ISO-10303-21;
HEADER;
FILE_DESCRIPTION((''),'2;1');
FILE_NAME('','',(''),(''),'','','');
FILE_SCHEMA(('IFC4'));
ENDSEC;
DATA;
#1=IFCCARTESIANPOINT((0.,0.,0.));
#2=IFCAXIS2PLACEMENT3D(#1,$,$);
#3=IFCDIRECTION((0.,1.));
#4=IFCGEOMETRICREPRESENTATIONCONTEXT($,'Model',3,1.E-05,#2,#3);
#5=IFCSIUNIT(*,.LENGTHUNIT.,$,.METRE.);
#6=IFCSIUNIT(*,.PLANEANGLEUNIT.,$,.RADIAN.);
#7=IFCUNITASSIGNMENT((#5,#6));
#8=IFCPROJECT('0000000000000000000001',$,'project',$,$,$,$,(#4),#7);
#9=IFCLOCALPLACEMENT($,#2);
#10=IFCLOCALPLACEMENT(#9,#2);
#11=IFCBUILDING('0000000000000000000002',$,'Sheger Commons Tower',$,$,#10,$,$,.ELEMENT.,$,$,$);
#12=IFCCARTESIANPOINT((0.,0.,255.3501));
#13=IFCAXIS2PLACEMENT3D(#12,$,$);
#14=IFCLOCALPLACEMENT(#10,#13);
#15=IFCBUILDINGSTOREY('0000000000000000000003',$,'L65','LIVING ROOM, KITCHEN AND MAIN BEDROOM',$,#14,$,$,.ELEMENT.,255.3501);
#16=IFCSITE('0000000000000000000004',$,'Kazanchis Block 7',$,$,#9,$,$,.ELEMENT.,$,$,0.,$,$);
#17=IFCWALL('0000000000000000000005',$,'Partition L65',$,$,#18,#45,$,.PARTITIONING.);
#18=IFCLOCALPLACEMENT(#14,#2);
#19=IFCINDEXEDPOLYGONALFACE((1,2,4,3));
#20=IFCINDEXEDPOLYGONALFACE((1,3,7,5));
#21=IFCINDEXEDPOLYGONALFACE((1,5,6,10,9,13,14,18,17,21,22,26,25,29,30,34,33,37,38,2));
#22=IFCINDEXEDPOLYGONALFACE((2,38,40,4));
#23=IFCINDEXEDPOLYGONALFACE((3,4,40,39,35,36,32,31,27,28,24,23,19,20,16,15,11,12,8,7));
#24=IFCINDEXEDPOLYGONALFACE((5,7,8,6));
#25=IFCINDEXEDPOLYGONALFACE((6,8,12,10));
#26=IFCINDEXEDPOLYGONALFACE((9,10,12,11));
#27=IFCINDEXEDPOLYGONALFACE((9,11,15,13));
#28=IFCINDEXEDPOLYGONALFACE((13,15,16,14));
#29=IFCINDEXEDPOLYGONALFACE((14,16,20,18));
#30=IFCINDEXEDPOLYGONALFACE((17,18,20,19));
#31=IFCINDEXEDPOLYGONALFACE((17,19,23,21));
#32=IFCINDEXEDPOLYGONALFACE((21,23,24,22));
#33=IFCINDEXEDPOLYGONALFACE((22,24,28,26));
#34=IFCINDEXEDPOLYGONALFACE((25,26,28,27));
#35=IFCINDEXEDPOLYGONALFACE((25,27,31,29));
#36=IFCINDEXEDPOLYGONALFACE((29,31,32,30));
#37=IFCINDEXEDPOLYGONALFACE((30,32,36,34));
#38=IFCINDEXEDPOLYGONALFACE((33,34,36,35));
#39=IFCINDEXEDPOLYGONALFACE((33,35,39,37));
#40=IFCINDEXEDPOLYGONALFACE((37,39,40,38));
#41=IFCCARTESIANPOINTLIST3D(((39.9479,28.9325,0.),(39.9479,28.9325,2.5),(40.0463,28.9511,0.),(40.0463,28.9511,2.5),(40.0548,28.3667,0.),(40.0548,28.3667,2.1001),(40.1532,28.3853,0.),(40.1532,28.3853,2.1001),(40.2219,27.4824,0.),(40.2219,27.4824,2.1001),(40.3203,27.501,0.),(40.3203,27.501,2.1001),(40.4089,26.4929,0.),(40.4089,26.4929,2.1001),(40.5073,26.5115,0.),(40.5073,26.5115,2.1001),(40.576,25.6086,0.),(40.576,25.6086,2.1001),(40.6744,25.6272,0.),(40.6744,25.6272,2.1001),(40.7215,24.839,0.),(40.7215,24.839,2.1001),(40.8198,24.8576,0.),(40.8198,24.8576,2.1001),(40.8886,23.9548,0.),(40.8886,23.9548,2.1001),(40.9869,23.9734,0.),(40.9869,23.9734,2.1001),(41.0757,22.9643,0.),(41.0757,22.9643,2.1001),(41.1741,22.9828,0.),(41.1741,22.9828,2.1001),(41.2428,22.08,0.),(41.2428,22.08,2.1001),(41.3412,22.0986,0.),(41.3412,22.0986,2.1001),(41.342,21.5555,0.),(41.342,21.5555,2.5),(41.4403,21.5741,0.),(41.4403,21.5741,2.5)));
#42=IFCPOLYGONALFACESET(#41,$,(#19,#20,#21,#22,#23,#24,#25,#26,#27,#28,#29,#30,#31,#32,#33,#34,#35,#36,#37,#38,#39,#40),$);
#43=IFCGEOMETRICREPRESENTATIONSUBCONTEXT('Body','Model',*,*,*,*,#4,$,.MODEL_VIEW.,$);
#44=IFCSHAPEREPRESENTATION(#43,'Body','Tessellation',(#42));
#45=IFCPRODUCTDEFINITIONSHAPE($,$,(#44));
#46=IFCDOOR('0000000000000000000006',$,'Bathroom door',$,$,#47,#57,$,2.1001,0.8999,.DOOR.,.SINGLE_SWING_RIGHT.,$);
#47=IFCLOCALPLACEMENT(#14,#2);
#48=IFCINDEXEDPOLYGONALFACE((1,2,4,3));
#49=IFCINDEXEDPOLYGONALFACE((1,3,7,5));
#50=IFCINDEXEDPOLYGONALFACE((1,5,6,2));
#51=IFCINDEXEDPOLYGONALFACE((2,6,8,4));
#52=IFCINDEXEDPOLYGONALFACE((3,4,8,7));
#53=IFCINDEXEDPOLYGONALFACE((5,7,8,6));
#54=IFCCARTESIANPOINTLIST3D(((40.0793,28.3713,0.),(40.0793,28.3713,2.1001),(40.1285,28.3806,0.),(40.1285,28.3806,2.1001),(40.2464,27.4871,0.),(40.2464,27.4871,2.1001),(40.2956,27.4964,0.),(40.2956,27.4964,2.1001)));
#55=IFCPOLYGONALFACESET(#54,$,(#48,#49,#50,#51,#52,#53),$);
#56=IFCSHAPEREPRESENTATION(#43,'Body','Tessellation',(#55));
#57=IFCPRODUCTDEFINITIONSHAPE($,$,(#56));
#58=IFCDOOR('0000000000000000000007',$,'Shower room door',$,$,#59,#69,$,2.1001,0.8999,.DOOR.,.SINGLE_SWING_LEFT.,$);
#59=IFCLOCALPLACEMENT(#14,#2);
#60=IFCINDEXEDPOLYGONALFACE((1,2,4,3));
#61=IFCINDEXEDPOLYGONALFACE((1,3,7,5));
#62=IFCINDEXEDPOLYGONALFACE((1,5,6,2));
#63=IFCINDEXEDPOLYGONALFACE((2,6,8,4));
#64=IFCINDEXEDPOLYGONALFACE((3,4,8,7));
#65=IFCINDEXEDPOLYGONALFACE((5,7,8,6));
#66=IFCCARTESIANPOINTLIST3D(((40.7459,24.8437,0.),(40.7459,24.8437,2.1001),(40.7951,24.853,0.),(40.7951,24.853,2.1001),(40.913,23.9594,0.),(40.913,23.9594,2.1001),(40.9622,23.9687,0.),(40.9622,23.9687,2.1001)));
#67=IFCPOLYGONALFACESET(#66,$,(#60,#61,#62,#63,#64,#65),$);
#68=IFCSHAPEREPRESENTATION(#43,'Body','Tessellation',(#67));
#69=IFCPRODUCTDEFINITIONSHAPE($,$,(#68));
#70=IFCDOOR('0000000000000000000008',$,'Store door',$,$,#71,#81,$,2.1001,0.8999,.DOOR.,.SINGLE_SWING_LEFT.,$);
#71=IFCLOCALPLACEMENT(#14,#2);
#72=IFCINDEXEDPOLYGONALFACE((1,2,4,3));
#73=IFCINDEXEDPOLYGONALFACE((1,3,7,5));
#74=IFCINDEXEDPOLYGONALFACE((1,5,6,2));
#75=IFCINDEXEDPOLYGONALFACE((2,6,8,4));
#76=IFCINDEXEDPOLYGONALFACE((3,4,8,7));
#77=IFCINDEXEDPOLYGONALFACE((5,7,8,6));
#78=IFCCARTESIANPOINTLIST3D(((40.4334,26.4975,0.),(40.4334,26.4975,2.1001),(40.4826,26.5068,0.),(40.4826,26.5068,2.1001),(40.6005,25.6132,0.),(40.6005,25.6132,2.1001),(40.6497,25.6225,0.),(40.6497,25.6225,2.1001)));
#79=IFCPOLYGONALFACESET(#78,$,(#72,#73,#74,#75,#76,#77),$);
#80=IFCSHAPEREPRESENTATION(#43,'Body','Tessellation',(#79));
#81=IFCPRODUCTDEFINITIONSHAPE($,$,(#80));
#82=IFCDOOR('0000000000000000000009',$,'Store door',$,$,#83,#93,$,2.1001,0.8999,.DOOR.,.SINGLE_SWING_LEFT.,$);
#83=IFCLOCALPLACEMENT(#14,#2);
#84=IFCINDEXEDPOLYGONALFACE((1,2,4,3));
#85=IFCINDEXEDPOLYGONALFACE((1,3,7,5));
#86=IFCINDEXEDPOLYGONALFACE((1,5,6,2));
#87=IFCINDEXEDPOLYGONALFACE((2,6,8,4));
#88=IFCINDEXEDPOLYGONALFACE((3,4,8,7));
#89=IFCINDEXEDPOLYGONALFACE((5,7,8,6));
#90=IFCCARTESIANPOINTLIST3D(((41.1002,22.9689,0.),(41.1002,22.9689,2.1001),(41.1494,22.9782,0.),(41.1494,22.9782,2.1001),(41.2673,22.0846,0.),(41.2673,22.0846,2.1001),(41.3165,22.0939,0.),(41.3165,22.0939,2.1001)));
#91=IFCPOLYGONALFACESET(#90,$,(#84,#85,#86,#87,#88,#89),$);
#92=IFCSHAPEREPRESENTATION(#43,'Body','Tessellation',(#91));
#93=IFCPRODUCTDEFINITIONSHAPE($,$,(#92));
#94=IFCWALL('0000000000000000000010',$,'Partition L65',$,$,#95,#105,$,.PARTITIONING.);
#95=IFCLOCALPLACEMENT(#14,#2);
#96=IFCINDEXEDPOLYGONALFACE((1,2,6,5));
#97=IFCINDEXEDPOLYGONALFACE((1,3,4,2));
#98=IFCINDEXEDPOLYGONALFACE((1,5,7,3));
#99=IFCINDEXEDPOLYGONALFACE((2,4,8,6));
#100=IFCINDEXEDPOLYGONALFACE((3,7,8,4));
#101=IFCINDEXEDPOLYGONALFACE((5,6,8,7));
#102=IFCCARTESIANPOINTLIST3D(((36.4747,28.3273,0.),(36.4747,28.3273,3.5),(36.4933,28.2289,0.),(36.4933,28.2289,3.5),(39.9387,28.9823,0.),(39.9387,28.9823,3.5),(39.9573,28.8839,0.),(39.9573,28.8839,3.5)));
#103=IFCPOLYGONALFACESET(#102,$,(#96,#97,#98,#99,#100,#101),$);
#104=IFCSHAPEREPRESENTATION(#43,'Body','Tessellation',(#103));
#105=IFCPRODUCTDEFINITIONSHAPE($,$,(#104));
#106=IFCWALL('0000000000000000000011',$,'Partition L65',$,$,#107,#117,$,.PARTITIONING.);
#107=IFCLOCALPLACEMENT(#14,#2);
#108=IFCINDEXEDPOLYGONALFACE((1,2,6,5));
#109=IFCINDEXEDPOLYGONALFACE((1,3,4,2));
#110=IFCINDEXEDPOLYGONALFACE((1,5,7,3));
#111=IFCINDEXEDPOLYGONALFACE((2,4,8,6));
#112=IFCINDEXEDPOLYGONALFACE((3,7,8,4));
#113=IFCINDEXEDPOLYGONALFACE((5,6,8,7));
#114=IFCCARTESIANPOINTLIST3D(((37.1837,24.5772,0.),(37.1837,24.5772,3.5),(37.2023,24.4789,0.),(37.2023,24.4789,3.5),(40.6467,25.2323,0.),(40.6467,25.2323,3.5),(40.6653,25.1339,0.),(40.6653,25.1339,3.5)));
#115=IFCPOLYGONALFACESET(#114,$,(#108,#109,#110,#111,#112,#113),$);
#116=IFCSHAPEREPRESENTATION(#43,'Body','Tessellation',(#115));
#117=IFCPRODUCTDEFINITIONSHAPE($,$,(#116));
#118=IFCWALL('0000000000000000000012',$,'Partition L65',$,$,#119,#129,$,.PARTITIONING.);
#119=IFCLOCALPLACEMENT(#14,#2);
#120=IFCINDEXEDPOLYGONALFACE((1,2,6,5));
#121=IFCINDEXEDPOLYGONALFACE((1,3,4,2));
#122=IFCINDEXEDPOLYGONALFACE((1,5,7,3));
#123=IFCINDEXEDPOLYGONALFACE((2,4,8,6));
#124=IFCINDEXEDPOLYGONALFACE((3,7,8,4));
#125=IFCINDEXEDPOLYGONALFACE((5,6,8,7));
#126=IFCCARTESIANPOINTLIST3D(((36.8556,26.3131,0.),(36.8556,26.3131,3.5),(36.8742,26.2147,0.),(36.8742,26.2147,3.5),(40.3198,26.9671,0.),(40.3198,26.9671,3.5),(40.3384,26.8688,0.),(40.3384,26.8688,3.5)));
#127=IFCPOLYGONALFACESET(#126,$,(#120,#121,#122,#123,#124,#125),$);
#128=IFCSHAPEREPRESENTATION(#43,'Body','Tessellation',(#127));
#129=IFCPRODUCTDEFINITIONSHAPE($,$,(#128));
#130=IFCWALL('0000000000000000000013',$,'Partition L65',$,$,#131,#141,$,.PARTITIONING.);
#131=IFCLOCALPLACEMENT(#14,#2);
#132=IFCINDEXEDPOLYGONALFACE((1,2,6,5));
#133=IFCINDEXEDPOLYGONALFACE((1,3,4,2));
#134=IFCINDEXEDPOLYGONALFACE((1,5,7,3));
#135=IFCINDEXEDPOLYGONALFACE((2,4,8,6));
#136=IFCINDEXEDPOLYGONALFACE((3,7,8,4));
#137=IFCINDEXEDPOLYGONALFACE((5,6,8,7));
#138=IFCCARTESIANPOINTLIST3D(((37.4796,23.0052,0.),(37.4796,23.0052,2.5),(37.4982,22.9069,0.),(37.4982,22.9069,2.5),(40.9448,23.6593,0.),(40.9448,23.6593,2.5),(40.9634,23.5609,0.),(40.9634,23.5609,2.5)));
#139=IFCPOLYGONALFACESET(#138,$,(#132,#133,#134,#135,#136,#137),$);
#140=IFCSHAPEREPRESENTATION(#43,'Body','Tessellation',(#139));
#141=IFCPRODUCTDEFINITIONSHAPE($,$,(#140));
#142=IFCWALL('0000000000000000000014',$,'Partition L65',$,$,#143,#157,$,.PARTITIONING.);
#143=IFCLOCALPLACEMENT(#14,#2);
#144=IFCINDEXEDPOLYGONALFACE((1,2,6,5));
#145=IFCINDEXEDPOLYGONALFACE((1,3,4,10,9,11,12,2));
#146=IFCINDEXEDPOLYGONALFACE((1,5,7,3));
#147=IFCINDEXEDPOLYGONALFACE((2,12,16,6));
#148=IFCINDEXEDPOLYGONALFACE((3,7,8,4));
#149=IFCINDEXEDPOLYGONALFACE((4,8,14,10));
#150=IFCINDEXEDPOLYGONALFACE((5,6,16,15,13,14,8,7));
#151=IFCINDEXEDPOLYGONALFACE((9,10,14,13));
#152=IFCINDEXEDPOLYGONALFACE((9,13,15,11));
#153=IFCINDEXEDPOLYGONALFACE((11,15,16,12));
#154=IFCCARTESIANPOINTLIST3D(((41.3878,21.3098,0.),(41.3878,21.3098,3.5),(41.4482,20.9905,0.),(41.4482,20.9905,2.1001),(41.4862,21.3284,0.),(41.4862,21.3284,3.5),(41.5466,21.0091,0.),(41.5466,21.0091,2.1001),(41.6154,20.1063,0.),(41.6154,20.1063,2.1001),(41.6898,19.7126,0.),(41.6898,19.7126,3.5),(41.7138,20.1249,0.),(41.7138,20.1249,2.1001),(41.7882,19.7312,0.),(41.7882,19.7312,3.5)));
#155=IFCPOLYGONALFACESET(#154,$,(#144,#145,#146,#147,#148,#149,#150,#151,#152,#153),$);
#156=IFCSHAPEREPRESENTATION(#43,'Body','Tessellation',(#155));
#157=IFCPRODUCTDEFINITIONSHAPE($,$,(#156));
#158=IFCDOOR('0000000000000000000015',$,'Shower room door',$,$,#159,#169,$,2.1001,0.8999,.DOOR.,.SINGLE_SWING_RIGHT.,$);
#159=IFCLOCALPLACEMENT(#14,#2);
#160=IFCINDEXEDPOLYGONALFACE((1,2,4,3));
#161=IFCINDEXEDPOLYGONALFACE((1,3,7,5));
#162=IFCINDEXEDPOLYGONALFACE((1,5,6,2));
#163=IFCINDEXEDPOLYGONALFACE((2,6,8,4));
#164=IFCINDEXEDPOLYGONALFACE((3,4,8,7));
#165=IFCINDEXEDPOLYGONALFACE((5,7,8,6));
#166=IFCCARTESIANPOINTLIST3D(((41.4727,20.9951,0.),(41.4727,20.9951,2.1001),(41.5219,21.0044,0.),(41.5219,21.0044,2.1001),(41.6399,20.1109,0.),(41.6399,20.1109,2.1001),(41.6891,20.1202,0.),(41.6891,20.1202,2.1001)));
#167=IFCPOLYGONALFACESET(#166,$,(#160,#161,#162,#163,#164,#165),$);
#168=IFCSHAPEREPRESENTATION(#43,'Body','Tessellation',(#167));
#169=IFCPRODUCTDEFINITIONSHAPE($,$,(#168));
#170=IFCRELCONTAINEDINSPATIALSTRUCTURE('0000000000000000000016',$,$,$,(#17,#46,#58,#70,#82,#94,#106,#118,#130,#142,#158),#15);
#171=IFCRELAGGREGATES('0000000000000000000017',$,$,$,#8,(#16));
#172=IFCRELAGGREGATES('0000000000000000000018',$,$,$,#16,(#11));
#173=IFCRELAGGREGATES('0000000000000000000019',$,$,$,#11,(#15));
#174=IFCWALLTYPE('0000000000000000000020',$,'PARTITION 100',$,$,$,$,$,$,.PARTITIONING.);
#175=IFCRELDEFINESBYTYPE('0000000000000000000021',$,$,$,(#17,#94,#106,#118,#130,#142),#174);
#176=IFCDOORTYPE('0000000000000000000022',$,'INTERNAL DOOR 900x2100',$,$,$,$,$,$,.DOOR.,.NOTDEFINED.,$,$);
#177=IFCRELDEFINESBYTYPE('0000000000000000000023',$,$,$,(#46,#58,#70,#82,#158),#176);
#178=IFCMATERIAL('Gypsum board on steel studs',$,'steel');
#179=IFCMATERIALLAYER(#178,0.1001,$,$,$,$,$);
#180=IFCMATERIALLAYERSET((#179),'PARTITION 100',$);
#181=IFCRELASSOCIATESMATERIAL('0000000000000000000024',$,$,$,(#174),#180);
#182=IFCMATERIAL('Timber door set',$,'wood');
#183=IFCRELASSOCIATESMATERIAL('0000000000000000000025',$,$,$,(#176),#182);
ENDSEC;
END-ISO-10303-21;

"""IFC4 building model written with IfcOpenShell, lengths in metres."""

from ifc_helpers import new_model, si_unit, direction, frame, frame_2d, origin, place, context, subcontext, project, spatial, rectangle, extrude, material, layer, layer_set, type_object, element, fill, save


model = new_model("IFC4")

# Units and contexts
model_context = context("Model", 3, precision=1e-05, world=origin(), true_north=direction((0.0, 1.0)))
body_context = subcontext(model_context, "Body", "Model", "MODEL_VIEW")
ifc_project = project(units=[si_unit("LENGTHUNIT", "METRE"), si_unit("PLANEANGLEUNIT", "RADIAN")], contexts=[model_context])

# Site, building, storey
site_placement = place(None, origin())
site = spatial("IfcSite", under=ifc_project, at=site_placement, Name="Kazanchis Block 7", CompositionType="ELEMENT", RefElevation=0.0)
building_placement = place(site_placement, origin())
building = spatial("IfcBuilding", under=site, at=building_placement, Name="Sheger Commons Tower", CompositionType="ELEMENT")
storey_placement = place(building_placement, frame((0.0, 0.0, 255.3501)))
storey = spatial("IfcBuildingStorey", under=building, at=storey_placement, Name="L65", Description="LIVING ROOM, KITCHEN AND MAIN BEDROOM", CompositionType="ELEMENT", Elevation=255.3501)

# Wall, openings, doors
ifc_material_1 = material(Name="Gypsum board on steel studs", Category="steel")
ifc_layer_1 = layer(ifc_material_1, 0.1001)
ifc_layer_set_1 = layer_set([ifc_layer_1], Name="PARTITION 100")
wall_type_1 = type_object("IfcWallType", Name="PARTITION 100", PredefinedType="PARTITIONING", material=ifc_layer_set_1)
ifc_material_2 = material(Name="Timber door set", Category="wood")
door_type_1 = type_object("IfcDoorType", Name="INTERNAL DOOR 900x2100", OperationType="NOTDEFINED", PredefinedType="DOOR", material=ifc_material_2)
wall_1_placement = place(storey_placement, frame((39.9971, 28.9419, 0.0), z_axis=(0.0, 0.0, 1.0), x_axis=(0.185686, -0.982609, 0.0)))
wall_1 = element("IfcWall", 1, at=wall_1_placement, inside=storey, type_object=wall_type_1, Name="Partition L65", PredefinedType="PARTITIONING", context=body_context, shape_type="SweptSolid", body=[
    extrude(rectangle(XDim=7.5076, YDim=0.1001, at=frame_2d((3.7539, 0.0))), origin(), (0.0, 0.0, 1.0), 2.5),
])
opening_1_placement = place(wall_1_placement, frame((0.5759, 0.0, 0.0)))
opening_1 = element("IfcOpeningElement", 2, at=opening_1_placement, cuts=wall_1, PredefinedType="OPENING", context=body_context, shape_type="SweptSolid", body=[
    extrude(rectangle(XDim=0.8999, YDim=2.1001, at=frame_2d((0.45, 1.05))), frame((0.0, 0.0601, 0.0), z_axis=(0.0, -1.0, 0.0), x_axis=(1.0, 0.0, 0.0)), (0.0, 0.0, 1.0), 0.1201),
])
opening_2_placement = place(wall_1_placement, frame((4.166, 0.0, 0.0)))
opening_2 = element("IfcOpeningElement", 3, at=opening_2_placement, cuts=wall_1, PredefinedType="OPENING", context=body_context, shape_type="SweptSolid", body=[
    extrude(rectangle(XDim=0.8999, YDim=2.1001, at=frame_2d((0.45, 1.05))), frame((0.0, 0.0601, 0.0), z_axis=(0.0, -1.0, 0.0), x_axis=(1.0, 0.0, 0.0)), (0.0, 0.0, 1.0), 0.1201),
])
opening_3_placement = place(wall_1_placement, frame((2.4829, 0.0, 0.0)))
opening_3 = element("IfcOpeningElement", 4, at=opening_3_placement, cuts=wall_1, PredefinedType="OPENING", context=body_context, shape_type="SweptSolid", body=[
    extrude(rectangle(XDim=0.8999, YDim=2.1001, at=frame_2d((0.45, 1.05))), frame((0.0, 0.0601, 0.0), z_axis=(0.0, -1.0, 0.0), x_axis=(1.0, 0.0, 0.0)), (0.0, 0.0, 1.0), 0.1201),
])
opening_4_placement = place(wall_1_placement, frame((6.074, 0.0, 0.0)))
opening_4 = element("IfcOpeningElement", 5, at=opening_4_placement, cuts=wall_1, PredefinedType="OPENING", context=body_context, shape_type="SweptSolid", body=[
    extrude(rectangle(XDim=0.8999, YDim=2.1001, at=frame_2d((0.45, 1.05))), frame((0.0, 0.0601, 0.0), z_axis=(0.0, -1.0, 0.0), x_axis=(1.0, 0.0, 0.0)), (0.0, 0.0, 1.0), 0.1201),
])
door_1_placement = place(opening_1_placement, origin())
door_1 = element("IfcDoor", 6, at=door_1_placement, inside=storey, type_object=door_type_1, Name="Bathroom door", OperationType="SINGLE_SWING_RIGHT", OverallHeight=2.1001, OverallWidth=0.8999, PredefinedType="DOOR", context=body_context, shape_type="SweptSolid", body=[
    extrude(rectangle(XDim=0.8999, YDim=2.1001, at=frame_2d((0.45, 1.05))), frame((0.0, 0.0249, 0.0), z_axis=(0.0, -1.0, 0.0), x_axis=(1.0, 0.0, 0.0)), (0.0, 0.0, 1.0), 0.05),
])
fill(opening_1, door_1)
door_2_placement = place(opening_2_placement, origin())
door_2 = element("IfcDoor", 7, at=door_2_placement, inside=storey, type_object=door_type_1, Name="Shower room door", OperationType="SINGLE_SWING_LEFT", OverallHeight=2.1001, OverallWidth=0.8999, PredefinedType="DOOR", context=body_context, shape_type="SweptSolid", body=[
    extrude(rectangle(XDim=0.8999, YDim=2.1001, at=frame_2d((0.45, 1.05))), frame((0.0, 0.0249, 0.0), z_axis=(0.0, -1.0, 0.0), x_axis=(1.0, 0.0, 0.0)), (0.0, 0.0, 1.0), 0.05),
])
fill(opening_2, door_2)
door_3_placement = place(opening_3_placement, origin())
door_3 = element("IfcDoor", 8, at=door_3_placement, inside=storey, type_object=door_type_1, Name="Store door", OperationType="SINGLE_SWING_LEFT", OverallHeight=2.1001, OverallWidth=0.8999, PredefinedType="DOOR", context=body_context, shape_type="SweptSolid", body=[
    extrude(rectangle(XDim=0.8999, YDim=2.1001, at=frame_2d((0.45, 1.05))), frame((0.0, 0.0249, 0.0), z_axis=(0.0, -1.0, 0.0), x_axis=(1.0, 0.0, 0.0)), (0.0, 0.0, 1.0), 0.05),
])
fill(opening_3, door_3)
door_4_placement = place(opening_4_placement, origin())
door_4 = element("IfcDoor", 9, at=door_4_placement, inside=storey, type_object=door_type_1, Name="Store door", OperationType="SINGLE_SWING_LEFT", OverallHeight=2.1001, OverallWidth=0.8999, PredefinedType="DOOR", context=body_context, shape_type="SweptSolid", body=[
    extrude(rectangle(XDim=0.8999, YDim=2.1001, at=frame_2d((0.45, 1.05))), frame((0.0, 0.0249, 0.0), z_axis=(0.0, -1.0, 0.0), x_axis=(1.0, 0.0, 0.0)), (0.0, 0.0, 1.0), 0.05),
])
fill(opening_4, door_4)

# Walls
wall_2_placement = place(storey_placement, frame((39.948, 28.9331, 0.0), z_axis=(0.0, 0.0, 1.0), x_axis=(-0.982588, -0.185798, 0.0)))
element("IfcWall", 10, at=wall_2_placement, inside=storey, type_object=wall_type_1, Name="Partition L65", PredefinedType="PARTITIONING", context=body_context, shape_type="SweptSolid", body=[
    extrude(rectangle(XDim=3.5254, YDim=0.1001, at=frame_2d((1.7627, 0.0))), origin(), (0.0, 0.0, 1.0), 3.5),
])
wall_3_placement = place(storey_placement, frame((40.656, 25.1831, 0.0), z_axis=(0.0, 0.0, 1.0), x_axis=(-0.982576, -0.185861, 0.0)))
element("IfcWall", 11, at=wall_3_placement, inside=storey, type_object=wall_type_1, Name="Partition L65", PredefinedType="PARTITIONING", context=body_context, shape_type="SweptSolid", body=[
    extrude(rectangle(XDim=3.5244, YDim=0.1001, at=frame_2d((1.7622, 0.0))), origin(), (0.0, 0.0, 1.0), 3.5),
])
wall_4_placement = place(storey_placement, frame((40.3291, 26.918, 0.0), z_axis=(0.0, 0.0, 1.0), x_axis=(-0.982639, -0.18553, 0.0)))
element("IfcWall", 12, at=wall_4_placement, inside=storey, type_object=wall_type_1, Name="Partition L65", PredefinedType="PARTITIONING", context=body_context, shape_type="SweptSolid", body=[
    extrude(rectangle(XDim=3.5254, YDim=0.1001, at=frame_2d((1.7627, 0.0))), origin(), (0.0, 0.0, 1.0), 3.5),
])
wall_5_placement = place(storey_placement, frame((40.9541, 23.6101, 0.0), z_axis=(0.0, 0.0, 1.0), x_axis=(-0.982648, -0.18548, 0.0)))
element("IfcWall", 13, at=wall_5_placement, inside=storey, type_object=wall_type_1, Name="Partition L65", PredefinedType="PARTITIONING", context=body_context, shape_type="SweptSolid", body=[
    extrude(rectangle(XDim=3.5264, YDim=0.1001, at=frame_2d((1.7632, 0.0))), origin(), (0.0, 0.0, 1.0), 2.5),
])

# Wall, opening, door
wall_6_placement = place(storey_placement, frame((41.437, 21.3191, 0.0), z_axis=(0.0, 0.0, 1.0), x_axis=(0.185794, -0.982589, 0.0)))
wall_6 = element("IfcWall", 14, at=wall_6_placement, inside=storey, type_object=wall_type_1, Name="Partition L65", PredefinedType="PARTITIONING", context=body_context, shape_type="SweptSolid", body=[
    extrude(rectangle(XDim=1.6255, YDim=0.1001, at=frame_2d((0.8127, 0.0))), origin(), (0.0, 0.0, 1.0), 3.5),
])
opening_5_placement = place(wall_6_placement, frame((0.325, 0.0, 0.0)))
opening_5 = element("IfcOpeningElement", 15, at=opening_5_placement, cuts=wall_6, PredefinedType="OPENING", context=body_context, shape_type="SweptSolid", body=[
    extrude(rectangle(XDim=0.8999, YDim=2.1001, at=frame_2d((0.45, 1.05))), frame((0.0, 0.0601, 0.0), z_axis=(0.0, -1.0, 0.0), x_axis=(1.0, 0.0, 0.0)), (0.0, 0.0, 1.0), 0.1201),
])
door_5_placement = place(opening_5_placement, origin())
door_5 = element("IfcDoor", 16, at=door_5_placement, inside=storey, type_object=door_type_1, Name="Shower room door", OperationType="SINGLE_SWING_RIGHT", OverallHeight=2.1001, OverallWidth=0.8999, PredefinedType="DOOR", context=body_context, shape_type="SweptSolid", body=[
    extrude(rectangle(XDim=0.8999, YDim=2.1001, at=frame_2d((0.45, 1.05))), frame((0.0, 0.0249, 0.0), z_axis=(0.0, -1.0, 0.0), x_axis=(1.0, 0.0, 0.0)), (0.0, 0.0, 1.0), 0.05),
])
fill(opening_5, door_5)

save(model, "model.ifc")
